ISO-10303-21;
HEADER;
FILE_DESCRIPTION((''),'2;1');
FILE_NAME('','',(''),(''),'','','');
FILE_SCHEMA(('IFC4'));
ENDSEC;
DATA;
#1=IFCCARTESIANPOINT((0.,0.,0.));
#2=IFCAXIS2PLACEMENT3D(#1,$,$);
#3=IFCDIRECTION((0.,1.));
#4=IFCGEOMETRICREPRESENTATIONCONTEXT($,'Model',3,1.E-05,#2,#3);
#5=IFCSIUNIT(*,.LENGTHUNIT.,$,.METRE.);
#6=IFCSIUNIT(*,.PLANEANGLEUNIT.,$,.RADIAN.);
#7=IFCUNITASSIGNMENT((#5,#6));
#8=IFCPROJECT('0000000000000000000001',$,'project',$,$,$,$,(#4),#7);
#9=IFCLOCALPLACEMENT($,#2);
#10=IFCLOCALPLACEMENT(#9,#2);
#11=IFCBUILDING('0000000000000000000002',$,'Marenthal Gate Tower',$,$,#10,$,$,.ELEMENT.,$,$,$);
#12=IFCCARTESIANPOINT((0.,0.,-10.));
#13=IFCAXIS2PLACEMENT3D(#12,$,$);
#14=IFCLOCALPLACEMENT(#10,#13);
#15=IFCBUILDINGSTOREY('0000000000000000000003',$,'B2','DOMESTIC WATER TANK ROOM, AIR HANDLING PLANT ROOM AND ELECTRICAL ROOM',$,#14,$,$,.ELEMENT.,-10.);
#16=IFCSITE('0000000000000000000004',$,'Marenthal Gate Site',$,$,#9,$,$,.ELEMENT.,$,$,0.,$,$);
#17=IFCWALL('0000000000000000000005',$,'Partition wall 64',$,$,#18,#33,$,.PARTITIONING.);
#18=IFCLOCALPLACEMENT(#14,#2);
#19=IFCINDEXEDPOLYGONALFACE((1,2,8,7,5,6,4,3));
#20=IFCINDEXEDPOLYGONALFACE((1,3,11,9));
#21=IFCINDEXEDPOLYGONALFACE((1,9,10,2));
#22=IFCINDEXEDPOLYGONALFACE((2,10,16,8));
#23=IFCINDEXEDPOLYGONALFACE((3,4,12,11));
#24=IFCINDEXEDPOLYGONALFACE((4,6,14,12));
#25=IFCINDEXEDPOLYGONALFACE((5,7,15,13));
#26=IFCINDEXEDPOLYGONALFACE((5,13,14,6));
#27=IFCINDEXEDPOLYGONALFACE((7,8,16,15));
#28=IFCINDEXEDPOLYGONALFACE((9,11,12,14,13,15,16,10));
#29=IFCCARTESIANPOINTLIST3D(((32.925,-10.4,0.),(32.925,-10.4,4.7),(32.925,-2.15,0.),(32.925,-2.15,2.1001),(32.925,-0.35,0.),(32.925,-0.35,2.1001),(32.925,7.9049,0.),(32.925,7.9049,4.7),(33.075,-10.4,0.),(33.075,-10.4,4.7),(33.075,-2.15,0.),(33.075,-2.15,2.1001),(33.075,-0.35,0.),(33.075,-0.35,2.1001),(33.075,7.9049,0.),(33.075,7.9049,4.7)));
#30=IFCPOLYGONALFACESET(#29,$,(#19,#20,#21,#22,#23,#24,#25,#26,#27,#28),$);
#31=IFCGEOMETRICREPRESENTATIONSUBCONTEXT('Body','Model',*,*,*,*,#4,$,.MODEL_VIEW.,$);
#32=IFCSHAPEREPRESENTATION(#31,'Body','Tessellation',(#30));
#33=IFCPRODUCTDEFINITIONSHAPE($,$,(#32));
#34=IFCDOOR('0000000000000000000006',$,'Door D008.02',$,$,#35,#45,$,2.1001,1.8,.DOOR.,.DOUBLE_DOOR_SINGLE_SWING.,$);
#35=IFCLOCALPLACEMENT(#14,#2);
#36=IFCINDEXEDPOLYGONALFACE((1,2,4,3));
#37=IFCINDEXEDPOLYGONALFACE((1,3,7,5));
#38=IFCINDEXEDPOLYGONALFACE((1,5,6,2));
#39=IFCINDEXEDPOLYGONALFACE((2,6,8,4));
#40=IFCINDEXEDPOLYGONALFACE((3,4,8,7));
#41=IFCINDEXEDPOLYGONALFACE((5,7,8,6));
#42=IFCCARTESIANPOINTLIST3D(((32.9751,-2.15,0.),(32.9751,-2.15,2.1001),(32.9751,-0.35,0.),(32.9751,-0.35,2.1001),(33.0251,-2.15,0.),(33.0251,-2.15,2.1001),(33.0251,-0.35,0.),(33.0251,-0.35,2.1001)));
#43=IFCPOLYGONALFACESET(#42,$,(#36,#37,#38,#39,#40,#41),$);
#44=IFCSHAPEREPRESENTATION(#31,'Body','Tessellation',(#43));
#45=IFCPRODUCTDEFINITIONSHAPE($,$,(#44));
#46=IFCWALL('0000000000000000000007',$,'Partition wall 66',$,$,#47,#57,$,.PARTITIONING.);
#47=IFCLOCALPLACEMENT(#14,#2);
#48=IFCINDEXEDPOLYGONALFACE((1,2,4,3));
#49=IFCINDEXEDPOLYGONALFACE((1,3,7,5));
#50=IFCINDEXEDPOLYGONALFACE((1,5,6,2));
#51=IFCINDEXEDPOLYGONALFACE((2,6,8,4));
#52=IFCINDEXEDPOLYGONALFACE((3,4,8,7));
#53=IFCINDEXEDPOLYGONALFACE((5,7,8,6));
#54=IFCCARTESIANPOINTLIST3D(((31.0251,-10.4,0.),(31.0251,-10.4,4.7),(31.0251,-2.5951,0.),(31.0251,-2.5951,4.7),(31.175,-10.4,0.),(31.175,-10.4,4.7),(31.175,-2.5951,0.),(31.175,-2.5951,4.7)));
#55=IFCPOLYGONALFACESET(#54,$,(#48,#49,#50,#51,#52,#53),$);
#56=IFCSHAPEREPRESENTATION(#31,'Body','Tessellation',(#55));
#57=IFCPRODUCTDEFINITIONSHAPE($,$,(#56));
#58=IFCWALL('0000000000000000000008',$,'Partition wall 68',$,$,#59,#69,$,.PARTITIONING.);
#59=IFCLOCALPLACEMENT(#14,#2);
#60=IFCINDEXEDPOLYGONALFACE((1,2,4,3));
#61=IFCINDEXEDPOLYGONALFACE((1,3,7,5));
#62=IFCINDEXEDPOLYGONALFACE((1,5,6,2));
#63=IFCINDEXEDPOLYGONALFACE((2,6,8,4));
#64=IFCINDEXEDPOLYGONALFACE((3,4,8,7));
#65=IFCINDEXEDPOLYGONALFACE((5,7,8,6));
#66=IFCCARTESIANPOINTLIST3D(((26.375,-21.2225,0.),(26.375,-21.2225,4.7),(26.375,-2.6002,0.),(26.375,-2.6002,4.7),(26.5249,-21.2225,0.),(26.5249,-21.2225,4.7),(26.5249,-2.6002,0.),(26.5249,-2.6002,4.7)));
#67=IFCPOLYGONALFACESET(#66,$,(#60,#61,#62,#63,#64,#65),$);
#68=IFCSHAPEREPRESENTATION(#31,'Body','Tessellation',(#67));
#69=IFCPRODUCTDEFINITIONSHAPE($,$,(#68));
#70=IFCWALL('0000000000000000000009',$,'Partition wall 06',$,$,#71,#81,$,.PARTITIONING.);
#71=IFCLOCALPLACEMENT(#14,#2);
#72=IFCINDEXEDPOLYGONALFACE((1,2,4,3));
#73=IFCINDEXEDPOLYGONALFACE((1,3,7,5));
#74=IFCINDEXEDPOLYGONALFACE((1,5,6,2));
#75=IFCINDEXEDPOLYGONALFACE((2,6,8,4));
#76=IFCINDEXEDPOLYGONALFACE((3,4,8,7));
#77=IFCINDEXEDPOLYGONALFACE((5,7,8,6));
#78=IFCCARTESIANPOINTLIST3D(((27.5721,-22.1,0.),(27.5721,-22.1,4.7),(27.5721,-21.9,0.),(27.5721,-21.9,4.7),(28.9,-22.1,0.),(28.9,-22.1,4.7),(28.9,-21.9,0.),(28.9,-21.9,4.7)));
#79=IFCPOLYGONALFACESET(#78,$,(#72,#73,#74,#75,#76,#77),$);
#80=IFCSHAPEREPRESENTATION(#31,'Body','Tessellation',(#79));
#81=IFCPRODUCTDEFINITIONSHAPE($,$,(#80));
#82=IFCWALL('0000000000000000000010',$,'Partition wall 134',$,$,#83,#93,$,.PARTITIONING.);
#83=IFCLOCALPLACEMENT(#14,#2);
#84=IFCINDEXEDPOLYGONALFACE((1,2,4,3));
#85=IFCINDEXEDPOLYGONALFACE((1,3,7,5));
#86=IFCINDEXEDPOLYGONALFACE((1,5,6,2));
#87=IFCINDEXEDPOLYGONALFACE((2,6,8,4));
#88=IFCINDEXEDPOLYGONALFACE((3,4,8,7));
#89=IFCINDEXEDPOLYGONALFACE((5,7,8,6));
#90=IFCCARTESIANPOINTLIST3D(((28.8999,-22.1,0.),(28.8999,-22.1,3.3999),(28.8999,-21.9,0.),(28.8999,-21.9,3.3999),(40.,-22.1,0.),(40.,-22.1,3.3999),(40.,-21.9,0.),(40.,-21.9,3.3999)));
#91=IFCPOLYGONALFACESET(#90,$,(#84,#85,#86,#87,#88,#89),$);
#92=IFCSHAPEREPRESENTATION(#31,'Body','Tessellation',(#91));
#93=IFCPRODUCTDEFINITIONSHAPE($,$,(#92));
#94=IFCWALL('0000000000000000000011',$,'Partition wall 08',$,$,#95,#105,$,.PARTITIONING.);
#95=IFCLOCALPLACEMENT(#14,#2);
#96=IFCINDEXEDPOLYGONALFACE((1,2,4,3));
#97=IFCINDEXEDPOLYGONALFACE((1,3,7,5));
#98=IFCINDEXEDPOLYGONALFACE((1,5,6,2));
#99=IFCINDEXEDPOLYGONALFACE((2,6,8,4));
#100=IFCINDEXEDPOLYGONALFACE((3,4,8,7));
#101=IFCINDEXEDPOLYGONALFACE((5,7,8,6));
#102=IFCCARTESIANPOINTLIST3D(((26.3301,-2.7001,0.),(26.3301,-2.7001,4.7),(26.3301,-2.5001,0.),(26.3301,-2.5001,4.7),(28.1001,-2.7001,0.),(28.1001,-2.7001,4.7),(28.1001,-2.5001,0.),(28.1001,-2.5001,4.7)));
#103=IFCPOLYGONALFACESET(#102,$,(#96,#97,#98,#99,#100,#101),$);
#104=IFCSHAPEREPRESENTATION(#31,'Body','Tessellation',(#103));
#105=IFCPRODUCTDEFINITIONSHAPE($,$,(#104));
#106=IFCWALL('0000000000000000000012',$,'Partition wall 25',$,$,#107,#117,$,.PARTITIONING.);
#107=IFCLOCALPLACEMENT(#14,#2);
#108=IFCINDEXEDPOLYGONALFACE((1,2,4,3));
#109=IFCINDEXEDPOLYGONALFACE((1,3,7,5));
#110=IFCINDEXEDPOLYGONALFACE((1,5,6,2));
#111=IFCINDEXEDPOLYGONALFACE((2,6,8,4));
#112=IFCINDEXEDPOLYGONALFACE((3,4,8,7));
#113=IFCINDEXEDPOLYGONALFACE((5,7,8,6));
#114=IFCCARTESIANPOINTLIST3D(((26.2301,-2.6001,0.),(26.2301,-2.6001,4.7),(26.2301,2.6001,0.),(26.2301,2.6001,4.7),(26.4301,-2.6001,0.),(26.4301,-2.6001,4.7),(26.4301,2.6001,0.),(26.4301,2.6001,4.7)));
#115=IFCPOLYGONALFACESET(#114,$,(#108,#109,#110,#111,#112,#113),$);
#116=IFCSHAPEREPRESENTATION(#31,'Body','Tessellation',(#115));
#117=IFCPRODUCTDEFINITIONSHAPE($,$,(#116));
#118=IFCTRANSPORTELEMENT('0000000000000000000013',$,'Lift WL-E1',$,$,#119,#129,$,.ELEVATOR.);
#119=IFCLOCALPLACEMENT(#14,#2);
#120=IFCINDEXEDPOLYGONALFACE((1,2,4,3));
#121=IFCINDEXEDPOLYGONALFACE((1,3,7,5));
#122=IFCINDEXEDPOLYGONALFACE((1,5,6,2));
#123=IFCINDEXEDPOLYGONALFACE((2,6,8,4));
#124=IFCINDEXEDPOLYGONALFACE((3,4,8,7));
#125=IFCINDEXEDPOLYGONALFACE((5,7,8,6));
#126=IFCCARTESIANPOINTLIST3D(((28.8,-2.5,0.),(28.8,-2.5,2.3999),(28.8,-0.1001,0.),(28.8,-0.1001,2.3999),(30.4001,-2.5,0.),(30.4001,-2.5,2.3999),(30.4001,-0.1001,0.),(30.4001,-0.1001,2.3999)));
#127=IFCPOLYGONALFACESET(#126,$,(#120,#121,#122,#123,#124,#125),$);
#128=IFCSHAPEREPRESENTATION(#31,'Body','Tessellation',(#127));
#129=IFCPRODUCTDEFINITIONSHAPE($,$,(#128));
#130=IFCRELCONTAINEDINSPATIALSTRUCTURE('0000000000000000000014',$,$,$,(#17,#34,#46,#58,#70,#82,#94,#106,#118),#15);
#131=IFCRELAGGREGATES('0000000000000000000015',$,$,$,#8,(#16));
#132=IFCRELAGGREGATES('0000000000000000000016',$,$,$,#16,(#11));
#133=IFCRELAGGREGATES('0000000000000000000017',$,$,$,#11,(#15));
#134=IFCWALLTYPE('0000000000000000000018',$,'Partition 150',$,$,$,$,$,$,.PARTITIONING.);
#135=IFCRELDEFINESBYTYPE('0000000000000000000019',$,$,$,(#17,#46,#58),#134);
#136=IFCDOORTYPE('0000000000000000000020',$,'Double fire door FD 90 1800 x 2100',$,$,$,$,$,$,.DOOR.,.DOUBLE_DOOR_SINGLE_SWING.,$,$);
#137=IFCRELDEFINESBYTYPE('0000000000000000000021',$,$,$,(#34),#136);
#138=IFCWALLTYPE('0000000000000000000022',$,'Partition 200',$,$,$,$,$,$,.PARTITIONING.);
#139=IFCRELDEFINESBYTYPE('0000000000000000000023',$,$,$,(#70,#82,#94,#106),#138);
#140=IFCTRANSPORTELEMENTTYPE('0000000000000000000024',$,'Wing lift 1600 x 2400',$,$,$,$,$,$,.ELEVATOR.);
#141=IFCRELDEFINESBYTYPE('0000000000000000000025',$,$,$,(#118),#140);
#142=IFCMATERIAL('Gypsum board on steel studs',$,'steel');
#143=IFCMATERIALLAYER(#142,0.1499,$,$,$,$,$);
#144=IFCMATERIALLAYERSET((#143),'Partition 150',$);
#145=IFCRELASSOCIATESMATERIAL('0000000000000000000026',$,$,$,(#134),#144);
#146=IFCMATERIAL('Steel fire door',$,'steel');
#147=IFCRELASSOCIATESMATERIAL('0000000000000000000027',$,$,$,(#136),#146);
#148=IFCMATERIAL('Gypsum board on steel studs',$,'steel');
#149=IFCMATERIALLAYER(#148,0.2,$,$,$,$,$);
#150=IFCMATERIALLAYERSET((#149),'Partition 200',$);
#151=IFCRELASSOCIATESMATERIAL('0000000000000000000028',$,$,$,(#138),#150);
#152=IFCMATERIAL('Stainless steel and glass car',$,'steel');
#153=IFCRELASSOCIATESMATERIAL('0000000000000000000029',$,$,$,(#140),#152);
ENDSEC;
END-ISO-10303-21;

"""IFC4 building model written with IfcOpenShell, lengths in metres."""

from ifc_helpers import new_model, si_unit, direction, frame, frame_2d, origin, origin_2d, place, context, subcontext, project, spatial, rectangle, extrude, material, layer, layer_set, type_object, element, fill, save


model = new_model("IFC4")

# Units and contexts
model_context = context("Model", 3, precision=1e-05, world=origin(), true_north=direction((0.0, 1.0)))
body_context = subcontext(model_context, "Body", "Model", "MODEL_VIEW")
ifc_project = project(units=[si_unit("LENGTHUNIT", "METRE"), si_unit("PLANEANGLEUNIT", "RADIAN")], contexts=[model_context])

# Site, building, storey
site_placement = place(None, origin())
site = spatial("IfcSite", under=ifc_project, at=site_placement, Name="Marenthal Gate Site", CompositionType="ELEMENT", RefElevation=0.0)
building_placement = place(site_placement, origin())
building = spatial("IfcBuilding", under=site, at=building_placement, Name="Marenthal Gate Tower", CompositionType="ELEMENT")
storey_placement = place(building_placement, frame((0.0, 0.0, -10.0)))
storey = spatial("IfcBuildingStorey", under=building, at=storey_placement, Name="B2", Description="DOMESTIC WATER TANK ROOM, AIR HANDLING PLANT ROOM AND ELECTRICAL ROOM", CompositionType="ELEMENT", Elevation=-10.0)

# Shared definitions
ifc_material_1 = material(Name="Gypsum board on steel studs", Category="steel")
ifc_layer_1 = layer(ifc_material_1, 0.1499)
ifc_layer_set_1 = layer_set([ifc_layer_1], Name="Partition 150")
wall_type_1 = type_object("IfcWallType", Name="Partition 150", PredefinedType="PARTITIONING", material=ifc_layer_set_1)

# Wall, opening, door
wall_1_placement = place(storey_placement, frame((33.0, -10.3999, 0.0), z_axis=(0.0, 0.0, 1.0), x_axis=(0.0, 1.0, 0.0)))
wall_1 = element("IfcWall", 1, at=wall_1_placement, inside=storey, type_object=wall_type_1, Name="Partition wall 64", PredefinedType="PARTITIONING", context=body_context, shape_type="SweptSolid", body=[
    extrude(rectangle(XDim=18.3049, YDim=0.1499, at=frame_2d((9.1523, 0.0))), origin(), (0.0, 0.0, 1.0), 4.7),
])
opening_1_placement = place(wall_1_placement, frame((8.25, 0.0, 0.0)))
opening_1 = element("IfcOpeningElement", 2, at=opening_1_placement, cuts=wall_1, PredefinedType="OPENING", context=body_context, shape_type="SweptSolid", body=[
    extrude(rectangle(XDim=1.8, YDim=2.1001, at=frame_2d((0.8999, 1.05))), frame((0.0, 0.085, 0.0), z_axis=(0.0, -1.0, 0.0), x_axis=(1.0, 0.0, 0.0)), (0.0, 0.0, 1.0), 0.1699),
])
ifc_material_2 = material(Name="Steel fire door", Category="steel")
door_type_1 = type_object("IfcDoorType", Name="Double fire door FD 90 1800 x 2100", OperationType="DOUBLE_DOOR_SINGLE_SWING", PredefinedType="DOOR", material=ifc_material_2)
door_1_placement = place(opening_1_placement, origin())
door_1 = element("IfcDoor", 3, at=door_1_placement, inside=storey, type_object=door_type_1, Name="Door D008.02", OperationType="DOUBLE_DOOR_SINGLE_SWING", OverallHeight=2.1001, OverallWidth=1.8, PredefinedType="DOOR", context=body_context, shape_type="SweptSolid", body=[
    extrude(rectangle(XDim=1.8, YDim=2.1001, at=frame_2d((0.8999, 1.05))), frame((0.0, 0.0249, 0.0), z_axis=(0.0, -1.0, 0.0), x_axis=(1.0, 0.0, 0.0)), (0.0, 0.0, 1.0), 0.05),
])
fill(opening_1, door_1)

# Walls
wall_2_placement = place(storey_placement, frame((31.1001, -10.3999, 0.0), z_axis=(0.0, 0.0, 1.0), x_axis=(0.0, 1.0, 0.0)))
element("IfcWall", 4, at=wall_2_placement, inside=storey, type_object=wall_type_1, Name="Partition wall 66", PredefinedType="PARTITIONING", context=body_context, shape_type="SweptSolid", body=[
    extrude(rectangle(XDim=7.8049, YDim=0.1499, at=frame_2d((3.9023, 0.0))), origin(), (0.0, 0.0, 1.0), 4.7),
])
wall_3_placement = place(storey_placement, frame((26.45, -21.2224, 0.0), z_axis=(0.0, 0.0, 1.0), x_axis=(0.0, 1.0, 0.0)))
element("IfcWall", 5, at=wall_3_placement, inside=storey, type_object=wall_type_1, Name="Partition wall 68", PredefinedType="PARTITIONING", context=body_context, shape_type="SweptSolid", body=[
    extrude(rectangle(XDim=18.6223, YDim=0.1499, at=frame_2d((9.311, 0.0))), origin(), (0.0, 0.0, 1.0), 4.7),
])
ifc_material_3 = material(Name="Gypsum board on steel studs", Category="steel")
ifc_layer_2 = layer(ifc_material_3, 0.2)
ifc_layer_set_2 = layer_set([ifc_layer_2], Name="Partition 200")
wall_type_2 = type_object("IfcWallType", Name="Partition 200", PredefinedType="PARTITIONING", material=ifc_layer_set_2)
wall_4_placement = place(storey_placement, frame((27.572, -22.0, 0.0), z_axis=(0.0, 0.0, 1.0), x_axis=(1.0, 0.0, 0.0)))
element("IfcWall", 6, at=wall_4_placement, inside=storey, type_object=wall_type_2, Name="Partition wall 06", PredefinedType="PARTITIONING", context=body_context, shape_type="SweptSolid", body=[
    extrude(rectangle(XDim=1.3279, YDim=0.2, at=frame_2d((0.6641, 0.0))), origin(), (0.0, 0.0, 1.0), 4.7),
])
wall_5_placement = place(storey_placement, frame((28.8999, -22.0, 0.0), z_axis=(0.0, 0.0, 1.0), x_axis=(1.0, 0.0, 0.0)))
element("IfcWall", 7, at=wall_5_placement, inside=storey, type_object=wall_type_2, Name="Partition wall 134", PredefinedType="PARTITIONING", context=body_context, shape_type="SweptSolid", body=[
    extrude(rectangle(XDim=11.1001, YDim=0.2, at=frame_2d((5.55, 0.0))), origin(), (0.0, 0.0, 1.0), 3.3999),
])
wall_6_placement = place(storey_placement, frame((26.3301, -2.6001, 0.0), z_axis=(0.0, 0.0, 1.0), x_axis=(1.0, 0.0, 0.0)))
element("IfcWall", 8, at=wall_6_placement, inside=storey, type_object=wall_type_2, Name="Partition wall 08", PredefinedType="PARTITIONING", context=body_context, shape_type="SweptSolid", body=[
    extrude(rectangle(XDim=1.77, YDim=0.2, at=frame_2d((0.885, 0.0))), origin(), (0.0, 0.0, 1.0), 4.7),
])
wall_7_placement = place(storey_placement, frame((26.3301, -2.6001, 0.0), z_axis=(0.0, 0.0, 1.0), x_axis=(0.0, 1.0, 0.0)))
element("IfcWall", 9, at=wall_7_placement, inside=storey, type_object=wall_type_2, Name="Partition wall 25", PredefinedType="PARTITIONING", context=body_context, shape_type="SweptSolid", body=[
    extrude(rectangle(XDim=5.2002, YDim=0.2, at=frame_2d((2.6001, 0.0))), origin(), (0.0, 0.0, 1.0), 4.7),
])

# Transport element
ifc_material_4 = material(Name="Stainless steel and glass car", Category="steel")
transport_element_type = type_object("IfcTransportElementType", Name="Wing lift 1600 x 2400", PredefinedType="ELEVATOR", material=ifc_material_4)
transport_element_placement = place(storey_placement, frame((29.6001, -1.3, 0.0), z_axis=(0.0, 0.0, 1.0), x_axis=(1.0, 0.0, 0.0)))
element("IfcTransportElement", 10, at=transport_element_placement, inside=storey, type_object=transport_element_type, Name="Lift WL-E1", PredefinedType="ELEVATOR", context=body_context, shape_type="SweptSolid", body=[
    extrude(rectangle(XDim=1.6001, YDim=2.3999, at=origin_2d()), origin(), (0.0, 0.0, 1.0), 2.3999),
])

save(model, "model.ifc")
